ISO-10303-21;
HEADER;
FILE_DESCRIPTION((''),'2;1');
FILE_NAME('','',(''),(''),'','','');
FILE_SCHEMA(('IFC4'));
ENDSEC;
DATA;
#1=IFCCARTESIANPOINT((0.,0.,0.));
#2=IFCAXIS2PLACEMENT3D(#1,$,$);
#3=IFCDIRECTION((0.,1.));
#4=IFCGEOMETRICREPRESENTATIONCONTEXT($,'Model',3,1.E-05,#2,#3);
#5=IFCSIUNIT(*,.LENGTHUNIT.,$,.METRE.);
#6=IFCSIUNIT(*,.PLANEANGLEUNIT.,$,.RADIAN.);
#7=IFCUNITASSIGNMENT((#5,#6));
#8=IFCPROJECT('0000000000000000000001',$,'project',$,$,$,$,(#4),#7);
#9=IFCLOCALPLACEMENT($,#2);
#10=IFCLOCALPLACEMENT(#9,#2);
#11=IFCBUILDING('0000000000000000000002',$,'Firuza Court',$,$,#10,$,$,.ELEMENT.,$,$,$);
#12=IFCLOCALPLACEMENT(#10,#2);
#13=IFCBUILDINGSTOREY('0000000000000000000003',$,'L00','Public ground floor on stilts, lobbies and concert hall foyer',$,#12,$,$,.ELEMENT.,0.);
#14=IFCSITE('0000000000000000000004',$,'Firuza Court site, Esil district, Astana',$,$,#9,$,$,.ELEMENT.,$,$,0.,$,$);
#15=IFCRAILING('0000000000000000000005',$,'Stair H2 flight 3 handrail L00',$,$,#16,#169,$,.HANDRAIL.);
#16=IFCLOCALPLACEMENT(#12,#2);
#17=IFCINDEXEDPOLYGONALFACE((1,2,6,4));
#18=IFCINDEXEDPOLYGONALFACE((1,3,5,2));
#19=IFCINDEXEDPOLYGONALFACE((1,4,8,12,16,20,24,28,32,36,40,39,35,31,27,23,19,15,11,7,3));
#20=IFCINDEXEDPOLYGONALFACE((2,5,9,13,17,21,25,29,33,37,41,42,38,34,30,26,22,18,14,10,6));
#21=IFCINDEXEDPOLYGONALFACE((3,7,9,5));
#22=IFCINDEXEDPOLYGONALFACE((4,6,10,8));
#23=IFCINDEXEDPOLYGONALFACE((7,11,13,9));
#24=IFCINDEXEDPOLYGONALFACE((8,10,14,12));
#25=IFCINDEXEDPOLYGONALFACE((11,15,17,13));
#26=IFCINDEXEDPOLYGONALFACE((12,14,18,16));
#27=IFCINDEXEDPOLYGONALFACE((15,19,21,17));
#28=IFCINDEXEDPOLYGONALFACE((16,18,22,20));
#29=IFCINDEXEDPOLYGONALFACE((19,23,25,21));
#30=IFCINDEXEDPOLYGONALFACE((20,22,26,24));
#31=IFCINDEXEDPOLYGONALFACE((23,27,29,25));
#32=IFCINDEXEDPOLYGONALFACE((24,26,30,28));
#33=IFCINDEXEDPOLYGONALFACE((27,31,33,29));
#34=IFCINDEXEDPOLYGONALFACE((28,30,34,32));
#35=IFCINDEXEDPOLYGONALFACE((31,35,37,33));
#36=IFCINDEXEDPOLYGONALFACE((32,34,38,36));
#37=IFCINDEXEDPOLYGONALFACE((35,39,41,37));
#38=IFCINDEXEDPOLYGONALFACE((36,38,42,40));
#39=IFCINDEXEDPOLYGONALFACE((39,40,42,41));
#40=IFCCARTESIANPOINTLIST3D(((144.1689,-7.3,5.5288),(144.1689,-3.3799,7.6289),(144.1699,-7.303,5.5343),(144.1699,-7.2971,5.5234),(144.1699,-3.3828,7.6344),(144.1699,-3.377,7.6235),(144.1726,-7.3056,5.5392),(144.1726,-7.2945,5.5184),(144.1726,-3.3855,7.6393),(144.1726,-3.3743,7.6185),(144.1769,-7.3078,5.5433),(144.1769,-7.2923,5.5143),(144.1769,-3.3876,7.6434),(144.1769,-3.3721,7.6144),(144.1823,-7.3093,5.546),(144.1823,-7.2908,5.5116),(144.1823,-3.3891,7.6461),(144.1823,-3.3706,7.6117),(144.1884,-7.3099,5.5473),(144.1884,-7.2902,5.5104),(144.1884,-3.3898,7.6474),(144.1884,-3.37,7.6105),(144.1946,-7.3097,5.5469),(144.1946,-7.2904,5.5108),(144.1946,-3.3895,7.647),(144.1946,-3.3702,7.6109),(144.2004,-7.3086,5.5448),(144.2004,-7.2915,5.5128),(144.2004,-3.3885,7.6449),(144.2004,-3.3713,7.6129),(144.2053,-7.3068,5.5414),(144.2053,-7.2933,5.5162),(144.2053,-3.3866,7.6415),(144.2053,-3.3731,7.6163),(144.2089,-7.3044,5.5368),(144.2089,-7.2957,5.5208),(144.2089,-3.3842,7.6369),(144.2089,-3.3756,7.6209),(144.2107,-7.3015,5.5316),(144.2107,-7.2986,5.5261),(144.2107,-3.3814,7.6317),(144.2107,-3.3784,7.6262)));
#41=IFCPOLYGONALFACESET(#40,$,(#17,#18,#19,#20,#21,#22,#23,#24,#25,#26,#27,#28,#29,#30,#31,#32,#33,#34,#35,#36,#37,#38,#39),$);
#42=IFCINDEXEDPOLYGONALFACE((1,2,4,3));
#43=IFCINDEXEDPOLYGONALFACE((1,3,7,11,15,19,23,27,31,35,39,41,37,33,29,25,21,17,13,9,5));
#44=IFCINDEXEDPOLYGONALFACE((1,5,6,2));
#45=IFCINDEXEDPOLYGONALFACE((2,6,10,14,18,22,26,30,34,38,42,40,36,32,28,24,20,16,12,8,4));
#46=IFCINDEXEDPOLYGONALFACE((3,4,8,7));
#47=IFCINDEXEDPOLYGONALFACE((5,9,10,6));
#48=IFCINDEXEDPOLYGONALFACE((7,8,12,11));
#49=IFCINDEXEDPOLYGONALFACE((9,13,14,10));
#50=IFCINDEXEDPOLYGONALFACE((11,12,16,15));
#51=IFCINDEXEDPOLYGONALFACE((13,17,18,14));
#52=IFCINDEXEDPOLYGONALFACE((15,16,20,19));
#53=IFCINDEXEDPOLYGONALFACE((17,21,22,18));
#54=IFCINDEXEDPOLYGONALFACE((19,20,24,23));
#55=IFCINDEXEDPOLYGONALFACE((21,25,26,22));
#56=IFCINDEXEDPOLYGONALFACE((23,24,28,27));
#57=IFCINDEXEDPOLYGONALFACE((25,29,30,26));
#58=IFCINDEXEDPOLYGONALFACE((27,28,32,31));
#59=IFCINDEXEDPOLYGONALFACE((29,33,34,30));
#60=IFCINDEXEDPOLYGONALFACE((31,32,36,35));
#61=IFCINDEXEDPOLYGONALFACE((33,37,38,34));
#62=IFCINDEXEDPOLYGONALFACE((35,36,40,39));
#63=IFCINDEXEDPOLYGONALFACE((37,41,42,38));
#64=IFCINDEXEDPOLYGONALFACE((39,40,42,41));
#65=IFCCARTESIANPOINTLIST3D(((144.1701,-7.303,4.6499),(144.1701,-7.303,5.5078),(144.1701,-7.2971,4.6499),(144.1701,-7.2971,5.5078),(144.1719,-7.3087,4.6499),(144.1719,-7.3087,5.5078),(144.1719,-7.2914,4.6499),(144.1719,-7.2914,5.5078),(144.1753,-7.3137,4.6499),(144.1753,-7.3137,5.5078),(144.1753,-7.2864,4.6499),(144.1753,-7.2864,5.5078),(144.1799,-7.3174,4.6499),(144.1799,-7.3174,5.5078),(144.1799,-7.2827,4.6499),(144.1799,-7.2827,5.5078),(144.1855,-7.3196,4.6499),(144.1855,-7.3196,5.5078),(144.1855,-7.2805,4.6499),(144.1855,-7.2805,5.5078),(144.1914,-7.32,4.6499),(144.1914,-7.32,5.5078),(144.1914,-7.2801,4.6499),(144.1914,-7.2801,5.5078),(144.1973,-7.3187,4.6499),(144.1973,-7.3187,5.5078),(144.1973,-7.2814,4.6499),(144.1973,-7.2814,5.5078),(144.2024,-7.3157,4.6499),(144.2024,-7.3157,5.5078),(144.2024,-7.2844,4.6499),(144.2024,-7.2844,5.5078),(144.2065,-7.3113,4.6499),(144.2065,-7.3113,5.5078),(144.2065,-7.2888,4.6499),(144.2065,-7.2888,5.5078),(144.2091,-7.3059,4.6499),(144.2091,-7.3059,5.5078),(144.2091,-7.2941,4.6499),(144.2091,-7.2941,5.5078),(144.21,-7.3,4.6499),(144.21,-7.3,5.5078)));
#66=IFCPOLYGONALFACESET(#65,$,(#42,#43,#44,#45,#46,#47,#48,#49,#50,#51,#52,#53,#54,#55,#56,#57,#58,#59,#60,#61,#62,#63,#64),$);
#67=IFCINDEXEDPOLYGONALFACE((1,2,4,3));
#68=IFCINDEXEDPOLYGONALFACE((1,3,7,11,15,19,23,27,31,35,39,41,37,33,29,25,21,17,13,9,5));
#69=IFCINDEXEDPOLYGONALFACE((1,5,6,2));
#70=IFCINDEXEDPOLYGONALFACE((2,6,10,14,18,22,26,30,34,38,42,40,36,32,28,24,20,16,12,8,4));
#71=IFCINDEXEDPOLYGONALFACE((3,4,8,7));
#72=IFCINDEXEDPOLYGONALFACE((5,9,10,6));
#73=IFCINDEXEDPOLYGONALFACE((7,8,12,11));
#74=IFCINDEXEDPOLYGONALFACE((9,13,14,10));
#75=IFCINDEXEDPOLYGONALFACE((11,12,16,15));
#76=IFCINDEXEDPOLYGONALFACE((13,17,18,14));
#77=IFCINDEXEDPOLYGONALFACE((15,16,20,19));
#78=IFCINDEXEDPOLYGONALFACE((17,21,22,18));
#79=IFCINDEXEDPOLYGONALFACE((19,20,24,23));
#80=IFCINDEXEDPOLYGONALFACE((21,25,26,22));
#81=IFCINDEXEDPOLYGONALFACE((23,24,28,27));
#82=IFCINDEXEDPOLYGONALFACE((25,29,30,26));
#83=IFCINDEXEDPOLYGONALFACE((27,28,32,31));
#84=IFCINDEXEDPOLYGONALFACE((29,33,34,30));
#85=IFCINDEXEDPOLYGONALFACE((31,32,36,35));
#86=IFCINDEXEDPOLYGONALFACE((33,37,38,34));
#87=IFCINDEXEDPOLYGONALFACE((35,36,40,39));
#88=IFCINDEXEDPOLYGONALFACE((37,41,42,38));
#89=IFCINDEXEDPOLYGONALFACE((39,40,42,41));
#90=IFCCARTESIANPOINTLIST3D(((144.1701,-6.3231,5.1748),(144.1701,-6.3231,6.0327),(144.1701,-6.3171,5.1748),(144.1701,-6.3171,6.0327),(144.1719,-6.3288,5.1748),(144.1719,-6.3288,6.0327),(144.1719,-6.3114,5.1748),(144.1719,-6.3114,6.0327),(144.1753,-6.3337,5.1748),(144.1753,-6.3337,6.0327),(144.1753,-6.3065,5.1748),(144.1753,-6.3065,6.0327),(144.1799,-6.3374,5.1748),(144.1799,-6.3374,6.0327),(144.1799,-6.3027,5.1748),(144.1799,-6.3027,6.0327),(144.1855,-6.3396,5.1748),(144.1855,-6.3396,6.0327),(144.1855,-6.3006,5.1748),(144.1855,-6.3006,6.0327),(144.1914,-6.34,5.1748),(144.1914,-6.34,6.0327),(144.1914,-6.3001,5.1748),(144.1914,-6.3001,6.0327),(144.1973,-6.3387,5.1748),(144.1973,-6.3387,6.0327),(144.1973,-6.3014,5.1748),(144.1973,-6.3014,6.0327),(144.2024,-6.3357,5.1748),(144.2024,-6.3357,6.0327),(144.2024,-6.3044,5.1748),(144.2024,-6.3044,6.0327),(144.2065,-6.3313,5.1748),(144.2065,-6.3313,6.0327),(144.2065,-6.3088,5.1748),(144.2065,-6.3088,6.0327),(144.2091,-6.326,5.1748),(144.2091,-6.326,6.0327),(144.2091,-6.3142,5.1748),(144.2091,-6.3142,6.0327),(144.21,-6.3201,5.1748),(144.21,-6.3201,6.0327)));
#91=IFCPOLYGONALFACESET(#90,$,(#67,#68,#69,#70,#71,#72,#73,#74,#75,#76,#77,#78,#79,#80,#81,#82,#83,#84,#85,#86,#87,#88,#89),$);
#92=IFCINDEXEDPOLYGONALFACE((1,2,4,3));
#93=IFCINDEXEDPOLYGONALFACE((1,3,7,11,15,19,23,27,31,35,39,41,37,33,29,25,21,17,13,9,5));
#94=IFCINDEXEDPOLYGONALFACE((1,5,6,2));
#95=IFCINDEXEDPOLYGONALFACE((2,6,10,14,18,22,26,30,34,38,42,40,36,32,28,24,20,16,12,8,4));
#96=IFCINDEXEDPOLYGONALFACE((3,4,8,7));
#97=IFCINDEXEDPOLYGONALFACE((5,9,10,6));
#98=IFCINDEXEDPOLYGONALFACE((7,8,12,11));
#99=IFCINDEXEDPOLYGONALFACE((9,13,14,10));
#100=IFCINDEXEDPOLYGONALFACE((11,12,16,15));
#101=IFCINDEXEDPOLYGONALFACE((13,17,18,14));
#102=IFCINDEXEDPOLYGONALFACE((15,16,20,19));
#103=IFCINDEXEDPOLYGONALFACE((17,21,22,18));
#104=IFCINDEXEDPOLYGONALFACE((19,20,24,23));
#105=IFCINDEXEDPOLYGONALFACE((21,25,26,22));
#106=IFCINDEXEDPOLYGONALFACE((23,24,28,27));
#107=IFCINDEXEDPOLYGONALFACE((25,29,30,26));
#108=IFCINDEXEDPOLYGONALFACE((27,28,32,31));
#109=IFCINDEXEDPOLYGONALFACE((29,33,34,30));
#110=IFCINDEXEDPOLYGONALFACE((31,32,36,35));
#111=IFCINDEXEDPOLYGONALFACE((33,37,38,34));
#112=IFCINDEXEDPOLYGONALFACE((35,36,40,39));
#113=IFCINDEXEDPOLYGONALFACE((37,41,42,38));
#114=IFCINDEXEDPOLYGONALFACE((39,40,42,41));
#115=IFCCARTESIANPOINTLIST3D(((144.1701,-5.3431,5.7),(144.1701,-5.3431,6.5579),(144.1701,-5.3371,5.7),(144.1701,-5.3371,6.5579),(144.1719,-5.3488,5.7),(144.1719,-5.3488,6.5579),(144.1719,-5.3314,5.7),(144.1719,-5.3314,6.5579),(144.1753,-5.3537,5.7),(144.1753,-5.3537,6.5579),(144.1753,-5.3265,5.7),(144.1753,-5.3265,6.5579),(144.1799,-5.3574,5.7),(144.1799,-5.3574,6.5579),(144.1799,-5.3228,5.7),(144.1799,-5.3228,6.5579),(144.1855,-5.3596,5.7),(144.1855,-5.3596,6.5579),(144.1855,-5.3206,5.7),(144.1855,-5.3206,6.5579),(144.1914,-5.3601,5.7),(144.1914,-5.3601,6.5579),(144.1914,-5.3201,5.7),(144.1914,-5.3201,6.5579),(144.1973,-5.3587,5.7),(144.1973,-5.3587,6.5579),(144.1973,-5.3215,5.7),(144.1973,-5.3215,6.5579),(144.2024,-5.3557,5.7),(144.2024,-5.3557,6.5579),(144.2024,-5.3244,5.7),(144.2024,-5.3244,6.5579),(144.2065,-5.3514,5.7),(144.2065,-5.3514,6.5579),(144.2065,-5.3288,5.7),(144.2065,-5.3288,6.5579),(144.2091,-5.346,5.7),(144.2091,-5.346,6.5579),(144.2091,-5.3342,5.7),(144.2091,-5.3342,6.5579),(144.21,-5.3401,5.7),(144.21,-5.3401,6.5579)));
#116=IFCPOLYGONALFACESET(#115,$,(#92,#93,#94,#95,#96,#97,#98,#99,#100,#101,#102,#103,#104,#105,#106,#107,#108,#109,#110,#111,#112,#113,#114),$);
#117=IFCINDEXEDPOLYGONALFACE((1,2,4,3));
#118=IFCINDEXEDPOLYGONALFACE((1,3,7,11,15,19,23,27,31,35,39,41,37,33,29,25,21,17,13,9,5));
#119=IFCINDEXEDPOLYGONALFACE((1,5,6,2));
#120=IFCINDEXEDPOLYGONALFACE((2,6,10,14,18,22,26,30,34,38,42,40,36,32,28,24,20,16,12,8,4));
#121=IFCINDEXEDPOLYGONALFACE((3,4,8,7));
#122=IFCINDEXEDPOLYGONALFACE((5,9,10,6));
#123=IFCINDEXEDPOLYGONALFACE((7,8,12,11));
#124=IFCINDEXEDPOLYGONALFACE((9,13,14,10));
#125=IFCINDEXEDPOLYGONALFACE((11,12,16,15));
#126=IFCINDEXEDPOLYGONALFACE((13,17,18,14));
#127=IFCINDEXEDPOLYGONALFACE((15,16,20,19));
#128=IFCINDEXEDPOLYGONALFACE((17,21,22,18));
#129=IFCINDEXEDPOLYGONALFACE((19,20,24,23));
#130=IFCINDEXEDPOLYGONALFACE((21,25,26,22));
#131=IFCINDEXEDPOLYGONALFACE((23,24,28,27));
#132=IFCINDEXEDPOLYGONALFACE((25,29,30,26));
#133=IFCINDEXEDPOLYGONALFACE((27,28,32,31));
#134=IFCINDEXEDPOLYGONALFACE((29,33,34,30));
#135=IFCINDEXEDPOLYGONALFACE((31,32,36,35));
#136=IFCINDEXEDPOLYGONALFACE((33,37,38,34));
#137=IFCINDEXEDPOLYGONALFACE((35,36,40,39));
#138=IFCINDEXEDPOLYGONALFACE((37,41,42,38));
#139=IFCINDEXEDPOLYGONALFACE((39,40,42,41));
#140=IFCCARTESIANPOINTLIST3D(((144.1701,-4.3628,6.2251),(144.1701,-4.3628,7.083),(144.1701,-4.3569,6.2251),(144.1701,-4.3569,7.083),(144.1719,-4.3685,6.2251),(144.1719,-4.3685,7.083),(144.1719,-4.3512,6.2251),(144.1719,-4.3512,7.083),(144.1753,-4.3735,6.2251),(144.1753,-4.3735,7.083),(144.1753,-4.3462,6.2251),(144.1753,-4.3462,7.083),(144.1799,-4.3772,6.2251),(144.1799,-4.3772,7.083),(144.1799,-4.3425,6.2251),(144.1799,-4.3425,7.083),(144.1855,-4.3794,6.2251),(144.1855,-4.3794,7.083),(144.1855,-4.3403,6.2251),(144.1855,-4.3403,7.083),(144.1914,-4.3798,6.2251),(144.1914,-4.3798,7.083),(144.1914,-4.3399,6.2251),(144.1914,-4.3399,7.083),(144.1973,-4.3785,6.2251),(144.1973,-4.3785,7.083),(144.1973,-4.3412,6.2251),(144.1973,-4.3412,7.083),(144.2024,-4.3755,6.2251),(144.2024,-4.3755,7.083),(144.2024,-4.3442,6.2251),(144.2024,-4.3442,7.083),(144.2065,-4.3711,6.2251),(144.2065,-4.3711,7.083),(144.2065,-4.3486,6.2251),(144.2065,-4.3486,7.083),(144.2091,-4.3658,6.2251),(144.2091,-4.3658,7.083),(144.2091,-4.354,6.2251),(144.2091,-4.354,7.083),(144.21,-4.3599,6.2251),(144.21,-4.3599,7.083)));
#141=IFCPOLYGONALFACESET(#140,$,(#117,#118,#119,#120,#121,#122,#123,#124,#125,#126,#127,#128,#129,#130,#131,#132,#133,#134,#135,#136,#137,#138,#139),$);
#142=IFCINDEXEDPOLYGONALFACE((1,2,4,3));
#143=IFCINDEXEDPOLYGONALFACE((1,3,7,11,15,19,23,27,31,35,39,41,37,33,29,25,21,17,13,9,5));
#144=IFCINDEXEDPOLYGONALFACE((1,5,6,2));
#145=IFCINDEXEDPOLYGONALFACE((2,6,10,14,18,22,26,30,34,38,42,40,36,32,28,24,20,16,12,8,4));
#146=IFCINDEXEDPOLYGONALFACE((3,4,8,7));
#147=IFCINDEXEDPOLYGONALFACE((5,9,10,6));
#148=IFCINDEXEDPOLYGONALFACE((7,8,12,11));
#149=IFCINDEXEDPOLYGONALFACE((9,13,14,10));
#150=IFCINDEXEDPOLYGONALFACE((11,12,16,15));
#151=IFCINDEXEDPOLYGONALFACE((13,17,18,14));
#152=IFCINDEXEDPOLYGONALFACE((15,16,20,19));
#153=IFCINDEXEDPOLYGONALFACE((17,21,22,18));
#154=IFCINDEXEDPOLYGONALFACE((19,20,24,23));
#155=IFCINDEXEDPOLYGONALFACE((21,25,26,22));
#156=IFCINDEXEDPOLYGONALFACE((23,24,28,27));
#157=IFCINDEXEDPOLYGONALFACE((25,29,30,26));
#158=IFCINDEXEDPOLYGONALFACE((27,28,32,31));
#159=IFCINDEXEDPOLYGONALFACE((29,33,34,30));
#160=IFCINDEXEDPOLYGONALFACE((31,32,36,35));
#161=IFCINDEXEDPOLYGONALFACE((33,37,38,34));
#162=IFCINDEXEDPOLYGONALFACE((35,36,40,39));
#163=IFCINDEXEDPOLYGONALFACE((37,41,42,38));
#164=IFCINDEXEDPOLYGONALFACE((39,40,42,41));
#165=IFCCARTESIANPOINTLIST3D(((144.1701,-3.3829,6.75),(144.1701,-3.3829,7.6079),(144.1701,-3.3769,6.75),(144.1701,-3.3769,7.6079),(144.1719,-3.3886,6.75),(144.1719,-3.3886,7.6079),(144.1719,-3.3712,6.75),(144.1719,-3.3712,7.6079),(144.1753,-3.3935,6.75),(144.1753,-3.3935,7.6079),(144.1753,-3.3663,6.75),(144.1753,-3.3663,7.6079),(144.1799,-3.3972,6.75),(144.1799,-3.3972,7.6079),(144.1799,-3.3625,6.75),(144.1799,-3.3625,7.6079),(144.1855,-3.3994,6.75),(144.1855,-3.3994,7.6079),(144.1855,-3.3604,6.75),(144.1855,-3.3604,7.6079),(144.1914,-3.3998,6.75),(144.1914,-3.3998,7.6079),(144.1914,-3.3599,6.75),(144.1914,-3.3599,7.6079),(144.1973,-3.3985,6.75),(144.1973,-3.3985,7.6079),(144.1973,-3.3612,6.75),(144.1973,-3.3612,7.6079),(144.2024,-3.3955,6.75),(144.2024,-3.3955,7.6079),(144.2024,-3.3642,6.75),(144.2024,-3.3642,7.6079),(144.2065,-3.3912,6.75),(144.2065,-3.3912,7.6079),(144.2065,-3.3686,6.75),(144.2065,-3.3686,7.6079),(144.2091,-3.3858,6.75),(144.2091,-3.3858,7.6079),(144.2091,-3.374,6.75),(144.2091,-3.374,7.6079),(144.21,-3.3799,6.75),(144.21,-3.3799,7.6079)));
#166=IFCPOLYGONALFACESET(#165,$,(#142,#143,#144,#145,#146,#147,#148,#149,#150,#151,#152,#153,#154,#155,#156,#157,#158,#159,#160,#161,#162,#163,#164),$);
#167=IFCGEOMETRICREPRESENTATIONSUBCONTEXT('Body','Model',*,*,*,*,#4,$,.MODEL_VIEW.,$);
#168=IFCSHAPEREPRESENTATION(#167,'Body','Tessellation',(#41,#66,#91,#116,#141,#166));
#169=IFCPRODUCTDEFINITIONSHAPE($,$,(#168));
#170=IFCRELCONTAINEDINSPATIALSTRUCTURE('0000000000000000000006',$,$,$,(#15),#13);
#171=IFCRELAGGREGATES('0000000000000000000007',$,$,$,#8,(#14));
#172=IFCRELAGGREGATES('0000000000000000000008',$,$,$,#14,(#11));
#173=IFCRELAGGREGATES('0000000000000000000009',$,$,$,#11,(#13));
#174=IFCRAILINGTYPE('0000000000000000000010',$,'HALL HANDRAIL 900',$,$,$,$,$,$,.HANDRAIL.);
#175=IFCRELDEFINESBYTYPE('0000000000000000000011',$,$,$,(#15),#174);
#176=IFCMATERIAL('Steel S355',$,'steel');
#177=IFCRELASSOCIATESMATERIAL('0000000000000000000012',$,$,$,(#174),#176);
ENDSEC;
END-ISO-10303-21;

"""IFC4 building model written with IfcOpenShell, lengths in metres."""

from ifc_helpers import new_model, si_unit, direction, frame, origin, origin_2d, place, context, subcontext, project, spatial, circle, extrude, material, type_object, element, save


model = new_model("IFC4")

# Units and contexts
model_context = context("Model", 3, precision=1e-05, world=origin(), true_north=direction((0.0, 1.0)))
body_context = subcontext(model_context, "Body", "Model", "MODEL_VIEW")
ifc_project = project(units=[si_unit("LENGTHUNIT", "METRE"), si_unit("PLANEANGLEUNIT", "RADIAN")], contexts=[model_context])

# Site, building, storey
site_placement = place(None, origin())
site = spatial("IfcSite", under=ifc_project, at=site_placement, Name="Firuza Court site, Esil district, Astana", CompositionType="ELEMENT", RefElevation=0.0)
building_placement = place(site_placement, origin())
building = spatial("IfcBuilding", under=site, at=building_placement, Name="Firuza Court", CompositionType="ELEMENT")
storey_placement = place(building_placement, origin())
storey = spatial("IfcBuildingStorey", under=building, at=storey_placement, Name="L00", Description="Public ground floor on stilts, lobbies and concert hall foyer", CompositionType="ELEMENT", Elevation=0.0)

# Railing
ifc_material_1 = material(Name="Steel S355", Category="steel")
railing_type = type_object("IfcRailingType", Name="HALL HANDRAIL 900", PredefinedType="HANDRAIL", material=ifc_material_1)
for number, where, name in (
    (1, (144.1899, -7.3, 4.6499), "Stair H2 flight 3 handrail L00"),
):
    element("IfcRailing", number, at=place(storey_placement, frame(where)), inside=storey, type_object=railing_type, Name=name, PredefinedType="HANDRAIL", context=body_context, shape_type="SweptSolid", body=[
        extrude(circle(Radius=0.021, at=origin_2d()), frame((0.0, 0.0, 0.8789), z_axis=(0.0, 0.881479, 0.472223), x_axis=(-1.0, 0.0, 0.0)), (0.0, 0.0, 1.0), 4.4473),
        extrude(circle(Radius=0.02, at=origin_2d()), origin(), (0.0, 0.0, 1.0), 0.8579),
        extrude(circle(Radius=0.02, at=origin_2d()), frame((0.0, 0.98, 0.5249)), (0.0, 0.0, 1.0), 0.8579),
        extrude(circle(Radius=0.02, at=origin_2d()), frame((0.0, 1.96, 1.05)), (0.0, 0.0, 1.0), 0.8579),
        extrude(circle(Radius=0.02, at=origin_2d()), frame((0.0, 2.9402, 1.5752)), (0.0, 0.0, 1.0), 0.8579),
        extrude(circle(Radius=0.02, at=origin_2d()), frame((0.0, 3.9202, 2.1001)), (0.0, 0.0, 1.0), 0.8579),
    ])

save(model, "model.ifc")
